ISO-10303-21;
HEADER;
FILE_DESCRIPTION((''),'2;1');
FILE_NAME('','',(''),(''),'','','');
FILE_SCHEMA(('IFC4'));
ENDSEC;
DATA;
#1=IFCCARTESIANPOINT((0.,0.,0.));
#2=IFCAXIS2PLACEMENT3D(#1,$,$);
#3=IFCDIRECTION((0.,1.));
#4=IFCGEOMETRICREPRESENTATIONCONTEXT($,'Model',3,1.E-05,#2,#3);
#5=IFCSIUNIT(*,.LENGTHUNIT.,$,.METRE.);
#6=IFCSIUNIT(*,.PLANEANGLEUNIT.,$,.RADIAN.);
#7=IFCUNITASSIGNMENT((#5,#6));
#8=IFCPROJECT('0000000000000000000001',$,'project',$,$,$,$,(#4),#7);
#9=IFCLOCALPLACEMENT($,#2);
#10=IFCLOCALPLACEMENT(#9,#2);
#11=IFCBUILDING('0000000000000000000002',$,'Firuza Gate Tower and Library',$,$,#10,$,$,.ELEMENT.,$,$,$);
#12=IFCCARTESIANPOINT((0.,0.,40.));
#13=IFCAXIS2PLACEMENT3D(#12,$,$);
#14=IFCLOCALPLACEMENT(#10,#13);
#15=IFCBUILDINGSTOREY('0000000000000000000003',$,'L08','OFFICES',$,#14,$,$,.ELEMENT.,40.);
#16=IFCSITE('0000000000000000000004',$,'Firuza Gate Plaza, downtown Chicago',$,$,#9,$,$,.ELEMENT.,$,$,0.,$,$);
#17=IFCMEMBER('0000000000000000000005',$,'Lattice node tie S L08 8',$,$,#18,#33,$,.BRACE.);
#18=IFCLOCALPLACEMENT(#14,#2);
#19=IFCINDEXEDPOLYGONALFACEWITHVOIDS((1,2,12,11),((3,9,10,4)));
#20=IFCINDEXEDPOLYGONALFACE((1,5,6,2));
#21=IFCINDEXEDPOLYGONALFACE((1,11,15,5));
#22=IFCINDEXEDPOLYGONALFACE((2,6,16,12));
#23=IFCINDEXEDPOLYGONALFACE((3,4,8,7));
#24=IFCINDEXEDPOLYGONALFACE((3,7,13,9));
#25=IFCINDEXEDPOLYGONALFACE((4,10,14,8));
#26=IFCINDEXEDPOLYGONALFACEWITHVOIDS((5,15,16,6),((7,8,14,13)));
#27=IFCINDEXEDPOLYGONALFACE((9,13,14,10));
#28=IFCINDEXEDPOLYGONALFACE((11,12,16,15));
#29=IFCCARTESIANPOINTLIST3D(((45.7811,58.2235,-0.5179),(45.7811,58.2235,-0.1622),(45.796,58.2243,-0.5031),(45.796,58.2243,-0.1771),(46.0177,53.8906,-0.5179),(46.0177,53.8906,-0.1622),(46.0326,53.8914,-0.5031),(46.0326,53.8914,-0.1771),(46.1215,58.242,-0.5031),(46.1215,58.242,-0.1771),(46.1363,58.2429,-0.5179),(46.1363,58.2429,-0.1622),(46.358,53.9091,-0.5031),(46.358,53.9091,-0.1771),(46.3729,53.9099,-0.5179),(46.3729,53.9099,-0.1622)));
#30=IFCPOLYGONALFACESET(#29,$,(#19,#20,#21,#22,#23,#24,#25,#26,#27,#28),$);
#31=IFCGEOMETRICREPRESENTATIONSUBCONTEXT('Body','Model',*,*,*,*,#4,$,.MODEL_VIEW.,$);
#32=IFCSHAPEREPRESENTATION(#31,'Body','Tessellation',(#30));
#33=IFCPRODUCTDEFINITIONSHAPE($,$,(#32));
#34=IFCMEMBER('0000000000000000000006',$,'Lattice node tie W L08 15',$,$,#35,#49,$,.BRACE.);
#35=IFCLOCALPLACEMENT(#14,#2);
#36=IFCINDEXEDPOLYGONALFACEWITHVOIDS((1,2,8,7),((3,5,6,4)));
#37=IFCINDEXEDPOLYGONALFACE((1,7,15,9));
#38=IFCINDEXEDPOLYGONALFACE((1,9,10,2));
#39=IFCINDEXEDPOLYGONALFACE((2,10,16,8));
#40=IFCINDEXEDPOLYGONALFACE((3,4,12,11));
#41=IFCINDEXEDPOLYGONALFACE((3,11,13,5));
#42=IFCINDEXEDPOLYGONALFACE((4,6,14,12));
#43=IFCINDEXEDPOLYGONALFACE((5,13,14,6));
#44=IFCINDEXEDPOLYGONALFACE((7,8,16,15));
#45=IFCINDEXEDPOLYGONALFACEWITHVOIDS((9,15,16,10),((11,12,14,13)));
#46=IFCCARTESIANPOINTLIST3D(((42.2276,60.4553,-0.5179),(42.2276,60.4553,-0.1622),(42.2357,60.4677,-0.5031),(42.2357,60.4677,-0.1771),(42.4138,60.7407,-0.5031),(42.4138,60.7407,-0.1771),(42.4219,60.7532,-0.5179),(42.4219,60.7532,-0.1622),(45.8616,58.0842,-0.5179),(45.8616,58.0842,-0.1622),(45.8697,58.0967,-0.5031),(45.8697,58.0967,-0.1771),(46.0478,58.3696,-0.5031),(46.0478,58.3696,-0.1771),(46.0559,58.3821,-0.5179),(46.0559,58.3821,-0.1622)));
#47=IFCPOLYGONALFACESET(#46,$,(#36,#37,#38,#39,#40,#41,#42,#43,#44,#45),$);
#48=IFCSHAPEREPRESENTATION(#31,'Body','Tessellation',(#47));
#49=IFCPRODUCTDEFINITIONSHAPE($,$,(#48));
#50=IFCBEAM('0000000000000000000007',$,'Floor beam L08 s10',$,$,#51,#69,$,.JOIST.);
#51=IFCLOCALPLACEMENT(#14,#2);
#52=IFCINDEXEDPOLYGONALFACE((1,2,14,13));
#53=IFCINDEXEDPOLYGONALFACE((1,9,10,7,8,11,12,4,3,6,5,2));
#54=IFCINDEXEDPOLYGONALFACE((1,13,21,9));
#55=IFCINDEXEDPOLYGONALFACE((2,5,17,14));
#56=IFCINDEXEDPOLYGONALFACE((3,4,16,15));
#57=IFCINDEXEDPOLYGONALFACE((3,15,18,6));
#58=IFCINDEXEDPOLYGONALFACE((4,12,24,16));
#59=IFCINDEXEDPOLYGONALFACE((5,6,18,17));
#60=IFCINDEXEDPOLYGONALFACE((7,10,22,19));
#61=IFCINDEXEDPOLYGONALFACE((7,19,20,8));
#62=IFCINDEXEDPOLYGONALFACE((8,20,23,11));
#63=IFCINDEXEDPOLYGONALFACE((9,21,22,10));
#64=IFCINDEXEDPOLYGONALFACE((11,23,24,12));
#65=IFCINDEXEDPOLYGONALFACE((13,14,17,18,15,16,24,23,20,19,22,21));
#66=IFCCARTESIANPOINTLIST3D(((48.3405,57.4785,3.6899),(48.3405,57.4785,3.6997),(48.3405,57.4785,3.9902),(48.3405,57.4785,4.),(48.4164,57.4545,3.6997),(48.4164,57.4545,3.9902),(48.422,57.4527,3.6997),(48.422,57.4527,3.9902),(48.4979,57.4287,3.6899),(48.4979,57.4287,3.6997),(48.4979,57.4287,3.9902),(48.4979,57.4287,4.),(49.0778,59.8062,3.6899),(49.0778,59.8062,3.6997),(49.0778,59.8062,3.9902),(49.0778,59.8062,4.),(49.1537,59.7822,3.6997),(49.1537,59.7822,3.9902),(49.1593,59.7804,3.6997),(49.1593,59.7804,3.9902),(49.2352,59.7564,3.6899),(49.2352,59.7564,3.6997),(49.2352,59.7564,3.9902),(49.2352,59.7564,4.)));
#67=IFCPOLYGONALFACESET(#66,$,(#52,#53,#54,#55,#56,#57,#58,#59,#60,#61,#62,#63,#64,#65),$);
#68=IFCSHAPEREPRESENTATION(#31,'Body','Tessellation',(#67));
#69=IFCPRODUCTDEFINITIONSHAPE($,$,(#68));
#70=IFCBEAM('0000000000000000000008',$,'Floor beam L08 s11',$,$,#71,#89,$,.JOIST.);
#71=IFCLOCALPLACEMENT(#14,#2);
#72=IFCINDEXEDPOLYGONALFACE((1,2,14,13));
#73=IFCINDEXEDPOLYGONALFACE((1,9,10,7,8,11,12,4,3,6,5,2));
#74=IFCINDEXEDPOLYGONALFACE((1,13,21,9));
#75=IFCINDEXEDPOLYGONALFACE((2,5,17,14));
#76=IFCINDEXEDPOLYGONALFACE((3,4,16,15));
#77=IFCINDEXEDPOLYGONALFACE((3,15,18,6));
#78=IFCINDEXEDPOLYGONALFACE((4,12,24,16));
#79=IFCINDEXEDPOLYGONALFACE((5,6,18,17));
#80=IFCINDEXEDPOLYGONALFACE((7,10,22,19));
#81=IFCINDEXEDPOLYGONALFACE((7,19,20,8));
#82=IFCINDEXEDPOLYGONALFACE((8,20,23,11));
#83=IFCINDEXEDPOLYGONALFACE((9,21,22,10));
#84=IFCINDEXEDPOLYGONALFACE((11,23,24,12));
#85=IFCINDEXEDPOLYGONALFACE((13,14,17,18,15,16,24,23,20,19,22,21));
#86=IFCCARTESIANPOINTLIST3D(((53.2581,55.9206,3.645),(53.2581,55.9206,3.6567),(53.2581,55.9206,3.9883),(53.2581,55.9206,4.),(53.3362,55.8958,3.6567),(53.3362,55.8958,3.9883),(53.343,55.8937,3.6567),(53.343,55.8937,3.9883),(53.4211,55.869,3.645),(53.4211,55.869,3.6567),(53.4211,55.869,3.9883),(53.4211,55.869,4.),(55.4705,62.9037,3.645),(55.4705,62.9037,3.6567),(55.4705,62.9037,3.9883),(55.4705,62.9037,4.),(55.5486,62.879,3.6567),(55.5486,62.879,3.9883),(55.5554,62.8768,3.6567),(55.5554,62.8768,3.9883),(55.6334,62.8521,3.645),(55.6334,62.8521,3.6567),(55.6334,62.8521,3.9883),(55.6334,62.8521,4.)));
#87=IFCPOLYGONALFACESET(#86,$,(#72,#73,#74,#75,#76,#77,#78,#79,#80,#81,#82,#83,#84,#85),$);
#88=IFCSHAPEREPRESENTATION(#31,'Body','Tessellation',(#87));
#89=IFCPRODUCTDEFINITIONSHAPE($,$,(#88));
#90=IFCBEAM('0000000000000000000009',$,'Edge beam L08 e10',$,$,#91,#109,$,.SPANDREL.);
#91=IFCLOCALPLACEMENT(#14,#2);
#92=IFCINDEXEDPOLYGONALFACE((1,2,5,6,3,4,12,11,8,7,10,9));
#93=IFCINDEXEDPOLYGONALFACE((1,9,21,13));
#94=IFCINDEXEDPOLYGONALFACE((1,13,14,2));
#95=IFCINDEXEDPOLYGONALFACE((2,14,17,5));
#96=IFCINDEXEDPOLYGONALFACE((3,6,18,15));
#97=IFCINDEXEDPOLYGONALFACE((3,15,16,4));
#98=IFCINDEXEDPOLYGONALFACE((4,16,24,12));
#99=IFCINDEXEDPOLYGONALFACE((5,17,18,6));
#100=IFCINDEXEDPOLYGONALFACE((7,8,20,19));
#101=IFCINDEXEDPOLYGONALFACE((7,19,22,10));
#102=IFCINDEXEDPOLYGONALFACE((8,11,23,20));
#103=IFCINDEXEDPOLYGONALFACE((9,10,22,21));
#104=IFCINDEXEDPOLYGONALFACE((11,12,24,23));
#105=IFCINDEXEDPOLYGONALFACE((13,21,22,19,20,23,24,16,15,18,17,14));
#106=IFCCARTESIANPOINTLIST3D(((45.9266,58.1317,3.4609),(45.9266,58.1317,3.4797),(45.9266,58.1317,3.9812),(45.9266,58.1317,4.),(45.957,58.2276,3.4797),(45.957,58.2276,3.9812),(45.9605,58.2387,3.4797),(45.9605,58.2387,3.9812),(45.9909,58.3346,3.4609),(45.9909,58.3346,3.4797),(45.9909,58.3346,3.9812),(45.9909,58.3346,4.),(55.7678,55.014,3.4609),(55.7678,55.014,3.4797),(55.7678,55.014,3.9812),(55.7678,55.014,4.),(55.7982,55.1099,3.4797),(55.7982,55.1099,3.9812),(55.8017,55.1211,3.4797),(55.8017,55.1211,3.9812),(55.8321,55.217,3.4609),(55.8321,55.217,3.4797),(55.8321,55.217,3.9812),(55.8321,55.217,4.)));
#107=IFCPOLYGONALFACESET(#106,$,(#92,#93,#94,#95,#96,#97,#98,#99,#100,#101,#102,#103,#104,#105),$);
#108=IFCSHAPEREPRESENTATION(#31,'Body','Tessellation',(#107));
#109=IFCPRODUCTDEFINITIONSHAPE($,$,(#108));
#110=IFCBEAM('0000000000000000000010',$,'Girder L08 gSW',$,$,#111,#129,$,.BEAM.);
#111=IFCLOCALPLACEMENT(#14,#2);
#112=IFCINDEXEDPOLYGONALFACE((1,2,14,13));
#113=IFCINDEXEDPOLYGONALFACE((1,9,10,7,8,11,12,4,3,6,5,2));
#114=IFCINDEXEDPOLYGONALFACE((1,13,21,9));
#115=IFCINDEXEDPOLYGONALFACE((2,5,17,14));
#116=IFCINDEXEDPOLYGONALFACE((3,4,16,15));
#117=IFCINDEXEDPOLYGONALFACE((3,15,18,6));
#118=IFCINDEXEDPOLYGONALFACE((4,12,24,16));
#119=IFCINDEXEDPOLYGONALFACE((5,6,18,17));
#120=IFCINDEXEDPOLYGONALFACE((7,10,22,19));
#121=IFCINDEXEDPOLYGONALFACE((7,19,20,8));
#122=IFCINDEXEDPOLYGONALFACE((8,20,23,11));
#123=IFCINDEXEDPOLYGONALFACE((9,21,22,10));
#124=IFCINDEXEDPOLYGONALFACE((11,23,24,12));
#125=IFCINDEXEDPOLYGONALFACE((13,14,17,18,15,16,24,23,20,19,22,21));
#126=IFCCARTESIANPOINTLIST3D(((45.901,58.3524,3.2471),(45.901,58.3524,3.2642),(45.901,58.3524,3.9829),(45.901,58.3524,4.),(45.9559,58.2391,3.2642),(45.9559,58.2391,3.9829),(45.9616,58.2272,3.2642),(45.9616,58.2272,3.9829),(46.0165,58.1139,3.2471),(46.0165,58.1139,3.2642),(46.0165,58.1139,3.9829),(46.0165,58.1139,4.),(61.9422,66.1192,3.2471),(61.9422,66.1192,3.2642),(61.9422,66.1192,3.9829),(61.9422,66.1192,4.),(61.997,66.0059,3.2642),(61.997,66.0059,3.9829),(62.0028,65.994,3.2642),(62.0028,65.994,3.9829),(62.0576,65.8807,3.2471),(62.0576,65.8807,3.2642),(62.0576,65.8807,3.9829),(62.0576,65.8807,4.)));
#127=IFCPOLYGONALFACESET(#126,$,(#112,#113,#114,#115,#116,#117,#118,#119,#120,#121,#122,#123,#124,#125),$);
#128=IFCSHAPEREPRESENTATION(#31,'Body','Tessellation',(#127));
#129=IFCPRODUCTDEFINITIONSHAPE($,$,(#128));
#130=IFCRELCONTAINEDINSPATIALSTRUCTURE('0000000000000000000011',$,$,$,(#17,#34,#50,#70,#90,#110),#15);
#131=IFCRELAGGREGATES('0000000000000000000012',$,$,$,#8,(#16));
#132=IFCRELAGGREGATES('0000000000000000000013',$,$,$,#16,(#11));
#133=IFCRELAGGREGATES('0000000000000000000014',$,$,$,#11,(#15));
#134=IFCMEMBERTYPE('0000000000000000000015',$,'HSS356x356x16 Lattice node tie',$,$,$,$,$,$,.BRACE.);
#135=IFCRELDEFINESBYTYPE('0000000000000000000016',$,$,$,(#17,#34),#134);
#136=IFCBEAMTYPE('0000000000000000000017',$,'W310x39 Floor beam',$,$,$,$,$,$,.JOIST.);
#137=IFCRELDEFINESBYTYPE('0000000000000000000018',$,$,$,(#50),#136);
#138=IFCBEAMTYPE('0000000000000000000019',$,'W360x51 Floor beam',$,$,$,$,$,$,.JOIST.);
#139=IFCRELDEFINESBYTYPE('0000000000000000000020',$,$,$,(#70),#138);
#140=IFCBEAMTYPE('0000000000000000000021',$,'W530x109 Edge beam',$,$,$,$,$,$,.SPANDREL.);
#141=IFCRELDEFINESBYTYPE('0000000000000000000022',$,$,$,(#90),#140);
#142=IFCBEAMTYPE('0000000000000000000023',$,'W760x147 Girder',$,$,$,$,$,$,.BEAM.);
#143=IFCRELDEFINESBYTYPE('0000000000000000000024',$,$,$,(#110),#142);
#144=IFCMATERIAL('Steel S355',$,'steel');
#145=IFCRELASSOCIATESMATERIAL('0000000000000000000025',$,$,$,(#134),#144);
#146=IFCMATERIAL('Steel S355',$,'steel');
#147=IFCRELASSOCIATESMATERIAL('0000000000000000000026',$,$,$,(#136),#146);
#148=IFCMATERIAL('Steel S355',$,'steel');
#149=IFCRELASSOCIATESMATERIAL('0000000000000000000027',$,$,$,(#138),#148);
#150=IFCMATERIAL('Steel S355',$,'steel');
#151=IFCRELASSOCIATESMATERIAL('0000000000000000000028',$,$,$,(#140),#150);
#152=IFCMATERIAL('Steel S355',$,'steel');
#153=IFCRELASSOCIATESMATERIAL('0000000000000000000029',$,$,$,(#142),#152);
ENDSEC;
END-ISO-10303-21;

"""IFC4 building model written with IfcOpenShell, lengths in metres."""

from ifc_helpers import new_model, si_unit, direction, frame, origin, origin_2d, place, context, subcontext, project, spatial, hollow_rectangle, i_section, extrude, material, material_profile, profile_set, type_object, element, save


model = new_model("IFC4")

# Units and contexts
model_context = context("Model", 3, precision=1e-05, world=origin(), true_north=direction((0.0, 1.0)))
body_context = subcontext(model_context, "Body", "Model", "MODEL_VIEW")
ifc_project = project(units=[si_unit("LENGTHUNIT", "METRE"), si_unit("PLANEANGLEUNIT", "RADIAN")], contexts=[model_context])

# Site, building, storey
site_placement = place(None, origin())
site = spatial("IfcSite", under=ifc_project, at=site_placement, Name="Firuza Gate Plaza, downtown Chicago", CompositionType="ELEMENT", RefElevation=0.0)
building_placement = place(site_placement, origin())
building = spatial("IfcBuilding", under=site, at=building_placement, Name="Firuza Gate Tower and Library", CompositionType="ELEMENT")
storey_placement = place(building_placement, frame((0.0, 0.0, 40.0)))
storey = spatial("IfcBuildingStorey", under=building, at=storey_placement, Name="L08", Description="OFFICES", CompositionType="ELEMENT", Elevation=40.0)

# Members
ifc_material_1 = material(Name="Steel S355", Category="steel")
ifc_material_profile_1 = material_profile(ifc_material_1, hollow_rectangle(XDim=0.3557, YDim=0.3557, WallThickness=0.0149, at=origin_2d()))
ifc_profile_set_1 = profile_set([ifc_material_profile_1], Name="Steel S355")
member_type_1 = type_object("IfcMemberType", Name="HSS356x356x16 Lattice node tie", PredefinedType="BRACE", material=ifc_profile_set_1)
member_1_placement = place(storey_placement, frame((45.9587, 58.2332, -0.3401), z_axis=(0.054517, -0.998513, 0.0), x_axis=(0.998513, 0.054517, 0.0)))
element("IfcMember", 1, at=member_1_placement, inside=storey, type_object=member_type_1, Name="Lattice node tie S L08 8", PredefinedType="BRACE", context=body_context, shape_type="SweptSolid", body=[
    extrude(hollow_rectangle(XDim=0.3557, YDim=0.3557, WallThickness=0.0149, at=origin_2d()), origin(), (0.0, 0.0, 1.0), 4.3394),
])
member_2_placement = place(storey_placement, frame((45.9587, 58.2332, -0.3401), z_axis=(-0.837498, 0.546441, 0.0), x_axis=(-0.546441, -0.837498, 0.0)))
element("IfcMember", 2, at=member_2_placement, inside=storey, type_object=member_type_1, Name="Lattice node tie W L08 15", PredefinedType="BRACE", context=body_context, shape_type="SweptSolid", body=[
    extrude(hollow_rectangle(XDim=0.3557, YDim=0.3557, WallThickness=0.0149, at=origin_2d()), origin(), (0.0, 0.0, 1.0), 4.3391),
])

# Beams
ifc_material_2 = material(Name="Steel S355", Category="steel")
ifc_material_profile_2 = material_profile(ifc_material_2, i_section(OverallWidth=0.165, OverallDepth=0.3101, WebThickness=0.0059, FlangeThickness=0.0098, at=origin_2d()))
ifc_profile_set_2 = profile_set([ifc_material_profile_2], Name="Steel S355")
beam_type_1 = type_object("IfcBeamType", Name="W310x39 Floor beam", PredefinedType="JOIST", material=ifc_profile_set_2)
beam_1_placement = place(storey_placement, frame((48.4192, 57.4536, 3.845), z_axis=(0.301973, 0.953316, 0.0), x_axis=(-0.953316, 0.301973, 0.0)))
element("IfcBeam", 3, at=beam_1_placement, inside=storey, type_object=beam_type_1, Name="Floor beam L08 s10", PredefinedType="JOIST", context=body_context, shape_type="SweptSolid", body=[
    extrude(i_section(OverallWidth=0.165, OverallDepth=0.3101, WebThickness=0.0059, FlangeThickness=0.0098, at=origin_2d()), origin(), (0.0, 0.0, 1.0), 2.4417),
])
ifc_material_3 = material(Name="Steel S355", Category="steel")
ifc_material_profile_3 = material_profile(ifc_material_3, i_section(OverallWidth=0.1709, OverallDepth=0.355, WebThickness=0.0071, FlangeThickness=0.0117, at=origin_2d()))
ifc_profile_set_3 = profile_set([ifc_material_profile_3], Name="Steel S355")
beam_type_2 = type_object("IfcBeamType", Name="W360x51 Floor beam", PredefinedType="JOIST", material=ifc_profile_set_3)
beam_2_placement = place(storey_placement, frame((53.3396, 55.8948, 3.8225), z_axis=(0.302024, 0.9533, 0.0), x_axis=(-0.9533, 0.302024, 0.0)))
element("IfcBeam", 4, at=beam_2_placement, inside=storey, type_object=beam_type_2, Name="Floor beam L08 s11", PredefinedType="JOIST", context=body_context, shape_type="SweptSolid", body=[
    extrude(i_section(OverallWidth=0.1709, OverallDepth=0.355, WebThickness=0.0071, FlangeThickness=0.0117, at=origin_2d()), origin(), (0.0, 0.0, 1.0), 7.3252),
])
ifc_material_4 = material(Name="Steel S355", Category="steel")
ifc_material_profile_4 = material_profile(ifc_material_4, i_section(OverallWidth=0.2129, OverallDepth=0.5391, WebThickness=0.0117, FlangeThickness=0.0188, at=origin_2d()))
ifc_profile_set_4 = profile_set([ifc_material_profile_4], Name="Steel S355")
beam_type_3 = type_object("IfcBeamType", Name="W530x109 Edge beam", PredefinedType="SPANDREL", material=ifc_profile_set_4)
beam_3_placement = place(storey_placement, frame((45.9587, 58.2332, 3.7305), z_axis=(0.953307, -0.302003, 0.0), x_axis=(0.302003, 0.953307, 0.0)))
element("IfcBeam", 5, at=beam_3_placement, inside=storey, type_object=beam_type_3, Name="Edge beam L08 e10", PredefinedType="SPANDREL", context=body_context, shape_type="SweptSolid", body=[
    extrude(i_section(OverallWidth=0.2129, OverallDepth=0.5391, WebThickness=0.0117, FlangeThickness=0.0188, at=origin_2d()), origin(), (0.0, 0.0, 1.0), 10.3232),
])
ifc_material_5 = material(Name="Steel S355", Category="steel")
ifc_material_profile_5 = material_profile(ifc_material_5, i_section(OverallWidth=0.2649, OverallDepth=0.7529, WebThickness=0.0132, FlangeThickness=0.0171, at=origin_2d()))
ifc_profile_set_5 = profile_set([ifc_material_profile_5], Name="Steel S355")
beam_type_4 = type_object("IfcBeamType", Name="W760x147 Girder", PredefinedType="BEAM", material=ifc_profile_set_5)
beam_4_placement = place(storey_placement, frame((45.9587, 58.2332, 3.6235), z_axis=(0.90005, 0.435786, 0.0), x_axis=(-0.435786, 0.90005, 0.0)))
element("IfcBeam", 6, at=beam_4_placement, inside=storey, type_object=beam_type_4, Name="Girder L08 gSW", PredefinedType="BEAM", context=body_context, shape_type="SweptSolid", body=[
    extrude(i_section(OverallWidth=0.2649, OverallDepth=0.7529, WebThickness=0.0132, FlangeThickness=0.0171, at=origin_2d()), origin(), (0.0, 0.0, 1.0), 17.8225),
])

save(model, "model.ifc")
